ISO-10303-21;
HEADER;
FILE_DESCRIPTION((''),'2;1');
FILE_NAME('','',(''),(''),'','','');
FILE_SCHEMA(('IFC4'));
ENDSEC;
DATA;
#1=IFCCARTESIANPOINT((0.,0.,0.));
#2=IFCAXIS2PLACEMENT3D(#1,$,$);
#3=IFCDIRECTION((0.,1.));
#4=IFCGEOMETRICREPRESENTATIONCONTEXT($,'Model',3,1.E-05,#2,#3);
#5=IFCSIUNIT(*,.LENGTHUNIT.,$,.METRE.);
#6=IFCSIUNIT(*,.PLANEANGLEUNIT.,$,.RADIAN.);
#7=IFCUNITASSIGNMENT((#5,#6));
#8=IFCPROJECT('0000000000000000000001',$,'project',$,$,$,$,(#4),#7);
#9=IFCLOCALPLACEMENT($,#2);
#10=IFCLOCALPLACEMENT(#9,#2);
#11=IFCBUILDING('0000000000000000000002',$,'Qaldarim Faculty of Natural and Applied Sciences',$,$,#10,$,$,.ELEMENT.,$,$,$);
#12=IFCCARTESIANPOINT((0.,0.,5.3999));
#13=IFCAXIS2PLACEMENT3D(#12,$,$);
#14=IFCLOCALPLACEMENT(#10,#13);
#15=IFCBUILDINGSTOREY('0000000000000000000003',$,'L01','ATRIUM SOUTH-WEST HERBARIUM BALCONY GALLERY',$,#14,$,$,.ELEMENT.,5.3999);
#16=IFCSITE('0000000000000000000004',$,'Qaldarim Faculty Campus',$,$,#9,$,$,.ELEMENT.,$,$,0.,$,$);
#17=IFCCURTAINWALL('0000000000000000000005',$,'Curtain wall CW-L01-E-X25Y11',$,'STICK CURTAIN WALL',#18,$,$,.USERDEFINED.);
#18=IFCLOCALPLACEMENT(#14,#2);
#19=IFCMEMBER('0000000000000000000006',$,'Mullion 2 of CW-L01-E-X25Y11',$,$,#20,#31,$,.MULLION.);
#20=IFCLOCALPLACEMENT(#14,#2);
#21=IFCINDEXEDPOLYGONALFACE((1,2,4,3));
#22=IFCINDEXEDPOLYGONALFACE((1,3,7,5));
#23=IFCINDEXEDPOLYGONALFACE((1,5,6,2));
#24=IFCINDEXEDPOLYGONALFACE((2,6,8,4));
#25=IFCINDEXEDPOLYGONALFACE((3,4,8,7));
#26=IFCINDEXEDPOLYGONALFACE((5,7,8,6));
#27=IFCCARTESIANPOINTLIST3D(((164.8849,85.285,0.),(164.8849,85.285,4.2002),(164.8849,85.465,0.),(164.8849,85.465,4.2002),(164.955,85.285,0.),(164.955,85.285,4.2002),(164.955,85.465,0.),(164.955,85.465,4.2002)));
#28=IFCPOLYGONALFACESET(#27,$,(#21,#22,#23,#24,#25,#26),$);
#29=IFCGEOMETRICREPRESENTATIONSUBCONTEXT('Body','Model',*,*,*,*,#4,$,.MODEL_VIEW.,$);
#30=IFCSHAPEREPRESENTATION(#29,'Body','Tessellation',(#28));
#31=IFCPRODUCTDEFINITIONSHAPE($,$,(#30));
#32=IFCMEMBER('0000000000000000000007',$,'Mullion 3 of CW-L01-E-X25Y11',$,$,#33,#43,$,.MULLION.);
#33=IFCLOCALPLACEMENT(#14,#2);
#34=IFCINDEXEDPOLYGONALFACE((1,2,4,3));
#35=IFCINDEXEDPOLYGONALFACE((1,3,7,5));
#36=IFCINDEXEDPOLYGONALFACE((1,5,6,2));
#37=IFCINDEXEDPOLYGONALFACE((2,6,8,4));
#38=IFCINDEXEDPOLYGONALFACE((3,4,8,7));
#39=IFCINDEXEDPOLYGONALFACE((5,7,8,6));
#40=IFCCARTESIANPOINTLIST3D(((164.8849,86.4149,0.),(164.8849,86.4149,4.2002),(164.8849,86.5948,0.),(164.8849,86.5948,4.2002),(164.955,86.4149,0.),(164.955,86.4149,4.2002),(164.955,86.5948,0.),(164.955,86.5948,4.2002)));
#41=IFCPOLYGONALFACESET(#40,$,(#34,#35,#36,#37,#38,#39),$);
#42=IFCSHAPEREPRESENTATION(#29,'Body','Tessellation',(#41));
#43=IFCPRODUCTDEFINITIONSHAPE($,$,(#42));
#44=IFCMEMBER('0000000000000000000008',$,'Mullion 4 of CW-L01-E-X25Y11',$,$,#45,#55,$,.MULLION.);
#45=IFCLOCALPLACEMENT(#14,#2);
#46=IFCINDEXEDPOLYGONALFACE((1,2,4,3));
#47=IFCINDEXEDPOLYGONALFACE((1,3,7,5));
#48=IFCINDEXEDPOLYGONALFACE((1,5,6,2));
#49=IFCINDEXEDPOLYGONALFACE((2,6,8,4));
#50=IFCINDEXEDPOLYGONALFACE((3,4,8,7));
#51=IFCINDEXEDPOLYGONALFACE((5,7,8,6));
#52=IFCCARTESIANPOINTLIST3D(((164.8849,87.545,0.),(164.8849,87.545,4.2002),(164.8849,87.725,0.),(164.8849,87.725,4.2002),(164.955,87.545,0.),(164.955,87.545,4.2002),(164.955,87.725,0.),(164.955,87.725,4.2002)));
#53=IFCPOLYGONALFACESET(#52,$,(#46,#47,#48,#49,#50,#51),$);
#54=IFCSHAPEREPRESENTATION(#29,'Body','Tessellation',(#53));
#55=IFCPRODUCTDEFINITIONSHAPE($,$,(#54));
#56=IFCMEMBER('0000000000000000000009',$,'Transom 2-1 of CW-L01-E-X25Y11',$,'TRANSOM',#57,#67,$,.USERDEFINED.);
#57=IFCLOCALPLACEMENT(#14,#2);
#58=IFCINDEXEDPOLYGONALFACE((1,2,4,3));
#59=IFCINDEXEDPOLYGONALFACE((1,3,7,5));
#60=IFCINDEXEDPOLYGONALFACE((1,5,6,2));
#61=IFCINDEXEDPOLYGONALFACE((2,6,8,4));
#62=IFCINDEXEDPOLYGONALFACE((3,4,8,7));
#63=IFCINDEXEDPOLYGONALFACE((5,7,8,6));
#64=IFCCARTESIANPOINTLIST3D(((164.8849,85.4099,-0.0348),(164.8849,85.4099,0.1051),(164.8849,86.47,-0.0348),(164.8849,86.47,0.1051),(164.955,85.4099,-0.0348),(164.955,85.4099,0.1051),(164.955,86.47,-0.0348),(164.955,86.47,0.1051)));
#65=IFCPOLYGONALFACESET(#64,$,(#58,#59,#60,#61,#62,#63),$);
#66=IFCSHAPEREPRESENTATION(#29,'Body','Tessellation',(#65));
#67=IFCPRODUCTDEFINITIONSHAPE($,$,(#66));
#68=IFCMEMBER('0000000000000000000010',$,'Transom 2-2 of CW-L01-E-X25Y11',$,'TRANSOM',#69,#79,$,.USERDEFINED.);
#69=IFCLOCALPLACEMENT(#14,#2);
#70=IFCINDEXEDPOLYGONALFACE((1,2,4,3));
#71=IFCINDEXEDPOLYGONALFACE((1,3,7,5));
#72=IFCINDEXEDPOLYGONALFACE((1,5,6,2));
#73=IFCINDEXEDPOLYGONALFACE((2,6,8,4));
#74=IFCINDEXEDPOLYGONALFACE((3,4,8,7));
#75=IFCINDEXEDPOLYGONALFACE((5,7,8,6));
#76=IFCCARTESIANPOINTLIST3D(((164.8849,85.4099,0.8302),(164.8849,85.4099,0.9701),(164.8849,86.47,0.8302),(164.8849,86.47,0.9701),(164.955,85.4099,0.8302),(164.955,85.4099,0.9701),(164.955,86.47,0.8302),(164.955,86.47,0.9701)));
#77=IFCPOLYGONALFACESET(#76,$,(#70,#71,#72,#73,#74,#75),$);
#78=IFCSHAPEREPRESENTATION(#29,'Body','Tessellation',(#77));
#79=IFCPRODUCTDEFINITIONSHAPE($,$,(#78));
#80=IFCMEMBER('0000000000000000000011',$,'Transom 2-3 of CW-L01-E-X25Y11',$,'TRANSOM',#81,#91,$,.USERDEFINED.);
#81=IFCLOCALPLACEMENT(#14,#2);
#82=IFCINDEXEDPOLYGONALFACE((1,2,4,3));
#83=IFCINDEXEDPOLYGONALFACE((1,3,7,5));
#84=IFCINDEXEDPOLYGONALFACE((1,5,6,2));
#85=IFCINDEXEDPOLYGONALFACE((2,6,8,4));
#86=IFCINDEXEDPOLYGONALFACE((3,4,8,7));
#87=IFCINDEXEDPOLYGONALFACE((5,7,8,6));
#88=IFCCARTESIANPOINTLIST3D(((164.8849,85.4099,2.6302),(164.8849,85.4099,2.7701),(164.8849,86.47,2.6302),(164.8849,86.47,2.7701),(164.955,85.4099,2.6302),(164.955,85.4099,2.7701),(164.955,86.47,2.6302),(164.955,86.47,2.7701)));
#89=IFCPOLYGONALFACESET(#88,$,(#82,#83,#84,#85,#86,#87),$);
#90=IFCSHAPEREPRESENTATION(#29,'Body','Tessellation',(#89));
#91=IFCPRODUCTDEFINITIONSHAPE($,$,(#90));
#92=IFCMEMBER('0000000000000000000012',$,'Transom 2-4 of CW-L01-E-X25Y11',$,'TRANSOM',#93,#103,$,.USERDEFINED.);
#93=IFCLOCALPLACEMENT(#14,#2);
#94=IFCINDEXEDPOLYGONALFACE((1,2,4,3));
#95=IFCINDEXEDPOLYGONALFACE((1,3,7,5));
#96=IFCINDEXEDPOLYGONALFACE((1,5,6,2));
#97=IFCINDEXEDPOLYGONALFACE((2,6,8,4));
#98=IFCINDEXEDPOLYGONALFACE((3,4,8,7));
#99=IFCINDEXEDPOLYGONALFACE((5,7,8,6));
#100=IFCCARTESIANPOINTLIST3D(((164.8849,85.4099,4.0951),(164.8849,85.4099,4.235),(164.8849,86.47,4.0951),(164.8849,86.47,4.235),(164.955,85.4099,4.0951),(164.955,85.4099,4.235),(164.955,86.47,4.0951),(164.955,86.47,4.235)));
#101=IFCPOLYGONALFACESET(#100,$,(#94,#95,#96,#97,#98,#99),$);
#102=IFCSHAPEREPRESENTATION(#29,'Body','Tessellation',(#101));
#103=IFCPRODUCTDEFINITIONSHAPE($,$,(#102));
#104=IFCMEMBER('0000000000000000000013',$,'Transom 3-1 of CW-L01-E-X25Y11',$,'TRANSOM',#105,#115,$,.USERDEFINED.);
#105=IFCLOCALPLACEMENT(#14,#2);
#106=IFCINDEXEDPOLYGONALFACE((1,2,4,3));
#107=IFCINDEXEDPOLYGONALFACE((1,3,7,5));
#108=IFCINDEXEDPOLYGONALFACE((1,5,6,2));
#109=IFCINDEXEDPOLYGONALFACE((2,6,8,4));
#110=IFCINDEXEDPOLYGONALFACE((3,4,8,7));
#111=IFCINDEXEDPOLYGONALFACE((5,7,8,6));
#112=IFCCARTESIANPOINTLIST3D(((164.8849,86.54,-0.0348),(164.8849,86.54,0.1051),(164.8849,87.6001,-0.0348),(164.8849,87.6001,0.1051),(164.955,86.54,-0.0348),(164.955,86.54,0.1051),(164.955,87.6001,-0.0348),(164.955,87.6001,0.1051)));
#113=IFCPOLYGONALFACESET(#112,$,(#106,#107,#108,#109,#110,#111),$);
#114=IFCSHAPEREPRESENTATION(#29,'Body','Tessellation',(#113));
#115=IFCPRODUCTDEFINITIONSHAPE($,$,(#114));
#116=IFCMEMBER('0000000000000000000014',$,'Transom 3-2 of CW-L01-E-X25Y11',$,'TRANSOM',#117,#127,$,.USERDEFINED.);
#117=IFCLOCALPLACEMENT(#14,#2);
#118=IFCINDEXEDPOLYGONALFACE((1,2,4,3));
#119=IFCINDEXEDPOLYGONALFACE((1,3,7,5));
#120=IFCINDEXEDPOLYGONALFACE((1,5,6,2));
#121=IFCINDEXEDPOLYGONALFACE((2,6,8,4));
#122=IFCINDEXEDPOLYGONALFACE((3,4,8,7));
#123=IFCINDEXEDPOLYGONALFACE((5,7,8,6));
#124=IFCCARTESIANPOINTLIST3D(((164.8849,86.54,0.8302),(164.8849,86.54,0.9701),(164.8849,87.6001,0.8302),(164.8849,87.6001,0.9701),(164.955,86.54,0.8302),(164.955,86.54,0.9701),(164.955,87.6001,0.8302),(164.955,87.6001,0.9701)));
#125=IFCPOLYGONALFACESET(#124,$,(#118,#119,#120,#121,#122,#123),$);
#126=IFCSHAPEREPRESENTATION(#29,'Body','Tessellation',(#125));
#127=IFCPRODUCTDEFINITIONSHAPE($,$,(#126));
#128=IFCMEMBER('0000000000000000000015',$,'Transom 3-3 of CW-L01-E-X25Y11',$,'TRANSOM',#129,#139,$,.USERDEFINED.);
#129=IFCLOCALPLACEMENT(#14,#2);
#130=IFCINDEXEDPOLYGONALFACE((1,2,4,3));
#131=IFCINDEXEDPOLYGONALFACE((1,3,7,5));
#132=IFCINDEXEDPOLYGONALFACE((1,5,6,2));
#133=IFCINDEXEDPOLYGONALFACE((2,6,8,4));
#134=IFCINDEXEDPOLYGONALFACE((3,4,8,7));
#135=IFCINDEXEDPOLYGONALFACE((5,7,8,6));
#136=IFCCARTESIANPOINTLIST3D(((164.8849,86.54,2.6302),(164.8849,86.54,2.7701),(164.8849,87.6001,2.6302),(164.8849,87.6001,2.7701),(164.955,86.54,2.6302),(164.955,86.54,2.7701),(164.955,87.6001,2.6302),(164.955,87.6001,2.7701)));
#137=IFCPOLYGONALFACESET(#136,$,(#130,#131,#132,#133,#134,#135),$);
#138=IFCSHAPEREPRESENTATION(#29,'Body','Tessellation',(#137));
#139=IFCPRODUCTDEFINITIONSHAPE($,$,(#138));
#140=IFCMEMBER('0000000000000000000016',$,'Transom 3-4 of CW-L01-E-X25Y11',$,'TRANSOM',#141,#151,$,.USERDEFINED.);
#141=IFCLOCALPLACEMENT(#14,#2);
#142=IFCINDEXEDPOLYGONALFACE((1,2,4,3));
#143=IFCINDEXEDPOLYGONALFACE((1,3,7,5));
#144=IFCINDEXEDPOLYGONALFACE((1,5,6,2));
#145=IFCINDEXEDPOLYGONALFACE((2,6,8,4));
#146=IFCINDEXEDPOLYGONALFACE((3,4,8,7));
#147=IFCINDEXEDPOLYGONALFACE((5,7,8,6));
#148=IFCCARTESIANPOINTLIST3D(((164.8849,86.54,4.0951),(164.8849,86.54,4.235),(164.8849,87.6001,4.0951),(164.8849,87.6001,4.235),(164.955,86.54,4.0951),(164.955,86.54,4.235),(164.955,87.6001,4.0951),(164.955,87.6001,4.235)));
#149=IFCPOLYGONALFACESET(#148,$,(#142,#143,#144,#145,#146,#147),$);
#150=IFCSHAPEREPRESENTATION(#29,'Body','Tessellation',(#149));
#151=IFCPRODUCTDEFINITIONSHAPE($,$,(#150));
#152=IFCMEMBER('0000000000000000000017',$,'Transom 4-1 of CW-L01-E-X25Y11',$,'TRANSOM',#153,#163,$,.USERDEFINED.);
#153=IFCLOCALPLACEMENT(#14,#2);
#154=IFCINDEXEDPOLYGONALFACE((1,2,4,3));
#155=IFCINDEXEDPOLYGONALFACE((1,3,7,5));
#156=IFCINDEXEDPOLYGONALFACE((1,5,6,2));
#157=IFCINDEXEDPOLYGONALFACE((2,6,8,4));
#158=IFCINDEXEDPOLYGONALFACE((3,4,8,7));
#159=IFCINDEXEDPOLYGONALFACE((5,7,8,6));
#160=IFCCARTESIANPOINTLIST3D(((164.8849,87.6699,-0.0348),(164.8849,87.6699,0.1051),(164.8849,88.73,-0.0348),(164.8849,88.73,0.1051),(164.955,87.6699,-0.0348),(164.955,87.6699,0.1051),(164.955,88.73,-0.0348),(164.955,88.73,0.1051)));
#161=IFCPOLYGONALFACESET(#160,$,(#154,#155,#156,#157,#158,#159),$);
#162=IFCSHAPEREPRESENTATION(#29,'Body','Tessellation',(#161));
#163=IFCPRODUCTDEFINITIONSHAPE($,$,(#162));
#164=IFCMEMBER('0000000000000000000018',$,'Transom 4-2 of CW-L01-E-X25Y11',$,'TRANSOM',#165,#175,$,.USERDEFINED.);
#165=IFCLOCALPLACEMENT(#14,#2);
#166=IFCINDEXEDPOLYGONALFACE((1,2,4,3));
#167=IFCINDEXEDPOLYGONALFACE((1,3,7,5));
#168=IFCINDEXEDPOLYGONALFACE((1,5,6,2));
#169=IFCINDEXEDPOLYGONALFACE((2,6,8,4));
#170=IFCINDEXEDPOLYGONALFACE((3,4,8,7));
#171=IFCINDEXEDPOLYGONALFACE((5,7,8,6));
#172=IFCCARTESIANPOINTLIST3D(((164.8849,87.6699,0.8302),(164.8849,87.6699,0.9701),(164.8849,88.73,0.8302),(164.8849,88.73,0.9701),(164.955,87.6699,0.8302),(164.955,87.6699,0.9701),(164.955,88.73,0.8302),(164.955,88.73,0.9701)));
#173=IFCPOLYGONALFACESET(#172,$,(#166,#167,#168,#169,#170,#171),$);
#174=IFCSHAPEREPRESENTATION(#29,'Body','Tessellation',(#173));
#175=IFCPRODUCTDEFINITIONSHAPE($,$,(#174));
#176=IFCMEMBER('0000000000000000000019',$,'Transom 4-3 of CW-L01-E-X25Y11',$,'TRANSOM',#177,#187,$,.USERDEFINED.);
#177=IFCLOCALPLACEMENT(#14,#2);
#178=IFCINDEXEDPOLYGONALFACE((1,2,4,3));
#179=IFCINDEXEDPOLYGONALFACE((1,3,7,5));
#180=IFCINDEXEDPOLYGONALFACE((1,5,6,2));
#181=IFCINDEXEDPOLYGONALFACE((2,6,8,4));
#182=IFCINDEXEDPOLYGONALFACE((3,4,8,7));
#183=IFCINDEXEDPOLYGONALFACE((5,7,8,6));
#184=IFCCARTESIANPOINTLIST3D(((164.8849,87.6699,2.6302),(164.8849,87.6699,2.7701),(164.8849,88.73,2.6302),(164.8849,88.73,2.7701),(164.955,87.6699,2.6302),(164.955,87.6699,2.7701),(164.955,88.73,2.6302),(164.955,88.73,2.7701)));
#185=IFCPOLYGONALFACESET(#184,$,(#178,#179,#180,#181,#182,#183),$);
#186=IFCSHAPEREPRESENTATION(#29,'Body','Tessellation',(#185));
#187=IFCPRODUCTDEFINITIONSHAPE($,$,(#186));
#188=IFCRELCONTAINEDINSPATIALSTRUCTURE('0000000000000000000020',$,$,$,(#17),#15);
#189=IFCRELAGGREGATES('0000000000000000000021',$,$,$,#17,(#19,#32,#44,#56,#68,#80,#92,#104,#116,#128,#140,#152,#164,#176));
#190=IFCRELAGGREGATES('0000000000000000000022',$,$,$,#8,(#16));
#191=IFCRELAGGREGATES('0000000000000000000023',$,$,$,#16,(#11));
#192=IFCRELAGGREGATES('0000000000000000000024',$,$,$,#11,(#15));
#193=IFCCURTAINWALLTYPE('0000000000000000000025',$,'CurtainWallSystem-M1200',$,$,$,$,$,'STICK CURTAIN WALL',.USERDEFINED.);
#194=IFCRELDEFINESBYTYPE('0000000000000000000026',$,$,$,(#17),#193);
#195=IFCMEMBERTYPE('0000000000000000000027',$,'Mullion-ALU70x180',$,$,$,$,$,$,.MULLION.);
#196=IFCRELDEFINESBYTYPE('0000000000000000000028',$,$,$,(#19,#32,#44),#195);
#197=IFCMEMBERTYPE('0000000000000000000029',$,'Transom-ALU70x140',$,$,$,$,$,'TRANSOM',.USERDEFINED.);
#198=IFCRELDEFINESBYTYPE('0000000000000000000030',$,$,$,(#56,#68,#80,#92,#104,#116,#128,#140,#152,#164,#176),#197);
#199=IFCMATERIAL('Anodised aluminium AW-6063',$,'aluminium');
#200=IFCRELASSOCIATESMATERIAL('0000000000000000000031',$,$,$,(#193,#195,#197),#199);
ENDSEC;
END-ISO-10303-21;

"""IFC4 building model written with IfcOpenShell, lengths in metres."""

from ifc_helpers import new_model, si_unit, direction, frame, origin, origin_2d, place, context, subcontext, project, spatial, rectangle, extrude, material, material_profile, profile_set, type_object, element, aggregate, save


model = new_model("IFC4")

# Units and contexts
model_context = context("Model", 3, precision=1e-05, world=origin(), true_north=direction((0.0, 1.0)))
body_context = subcontext(model_context, "Body", "Model", "MODEL_VIEW")
ifc_project = project(units=[si_unit("LENGTHUNIT", "METRE"), si_unit("PLANEANGLEUNIT", "RADIAN")], contexts=[model_context])

# Site, building, storey
site_placement = place(None, origin())
site = spatial("IfcSite", under=ifc_project, at=site_placement, Name="Qaldarim Faculty Campus", CompositionType="ELEMENT", RefElevation=0.0)
building_placement = place(site_placement, origin())
building = spatial("IfcBuilding", under=site, at=building_placement, Name="Qaldarim Faculty of Natural and Applied Sciences", CompositionType="ELEMENT")
storey_placement = place(building_placement, frame((0.0, 0.0, 5.3999)))
storey = spatial("IfcBuildingStorey", under=building, at=storey_placement, Name="L01", Description="ATRIUM SOUTH-WEST HERBARIUM BALCONY GALLERY", CompositionType="ELEMENT", Elevation=5.3999)

# Curtain wall, members
ifc_material_1 = material(Name="Anodised aluminium AW-6063", Category="aluminium")
curtain_wall_type = type_object("IfcCurtainWallType", Name="CurtainWallSystem-M1200", ElementType="STICK CURTAIN WALL", PredefinedType="USERDEFINED", material=ifc_material_1)
curtain_wall_placement = place(storey_placement, origin())
curtain_wall = element("IfcCurtainWall", 1, at=curtain_wall_placement, inside=storey, type_object=curtain_wall_type, Name="Curtain wall CW-L01-E-X25Y11", ObjectType="STICK CURTAIN WALL", PredefinedType="USERDEFINED")
ifc_material_profile_1 = material_profile(ifc_material_1, rectangle(XDim=0.0701, YDim=0.1799, at=origin_2d()), Name="ALU-M70x180")
ifc_profile_set_1 = profile_set([ifc_material_profile_1], Name="Anodised aluminium AW-6063")
member_type_1 = type_object("IfcMemberType", Name="Mullion-ALU70x180", PredefinedType="MULLION", material=ifc_profile_set_1)
member_1_placement = place(storey_placement, frame((164.9199, 85.375, 0.0), z_axis=(0.0, 0.0, 1.0), x_axis=(-1.0, 0.0, 0.0)))
member_1 = element("IfcMember", 2, at=member_1_placement, type_object=member_type_1, Name="Mullion 2 of CW-L01-E-X25Y11", PredefinedType="MULLION", context=body_context, shape_type="SweptSolid", body=[
    extrude(rectangle(XDim=0.0701, YDim=0.1799, at=origin_2d()), origin(), (0.0, 0.0, 1.0), 4.2002),
])
member_2_placement = place(storey_placement, frame((164.9199, 86.5049, 0.0), z_axis=(0.0, 0.0, 1.0), x_axis=(-1.0, 0.0, 0.0)))
member_2 = element("IfcMember", 3, at=member_2_placement, type_object=member_type_1, Name="Mullion 3 of CW-L01-E-X25Y11", PredefinedType="MULLION", context=body_context, shape_type="SweptSolid", body=[
    extrude(rectangle(XDim=0.0701, YDim=0.1799, at=origin_2d()), origin(), (0.0, 0.0, 1.0), 4.2002),
])
member_3_placement = place(storey_placement, frame((164.9199, 87.635, 0.0), z_axis=(0.0, 0.0, 1.0), x_axis=(-1.0, 0.0, 0.0)))
member_3 = element("IfcMember", 4, at=member_3_placement, type_object=member_type_1, Name="Mullion 4 of CW-L01-E-X25Y11", PredefinedType="MULLION", context=body_context, shape_type="SweptSolid", body=[
    extrude(rectangle(XDim=0.0701, YDim=0.1799, at=origin_2d()), origin(), (0.0, 0.0, 1.0), 4.2002),
])
ifc_material_profile_2 = material_profile(ifc_material_1, rectangle(XDim=0.0701, YDim=0.1399, at=origin_2d()), Name="ALU-T70x140")
ifc_profile_set_2 = profile_set([ifc_material_profile_2], Name="Anodised aluminium AW-6063")
member_type_2 = type_object("IfcMemberType", Name="Transom-ALU70x140", ElementType="TRANSOM", PredefinedType="USERDEFINED", material=ifc_profile_set_2)
member_4_placement = place(storey_placement, frame((164.9199, 85.4099, 0.0352), z_axis=(0.0, 1.0, 0.0), x_axis=(-1.0, 0.0, 0.0)))
member_4 = element("IfcMember", 5, at=member_4_placement, type_object=member_type_2, Name="Transom 2-1 of CW-L01-E-X25Y11", ObjectType="TRANSOM", PredefinedType="USERDEFINED", context=body_context, shape_type="SweptSolid", body=[
    extrude(rectangle(XDim=0.0701, YDim=0.1399, at=origin_2d()), origin(), (0.0, 0.0, 1.0), 1.0601),
])
member_5_placement = place(storey_placement, frame((164.9199, 85.4099, 0.9001), z_axis=(0.0, 1.0, 0.0), x_axis=(-1.0, 0.0, 0.0)))
member_5 = element("IfcMember", 6, at=member_5_placement, type_object=member_type_2, Name="Transom 2-2 of CW-L01-E-X25Y11", ObjectType="TRANSOM", PredefinedType="USERDEFINED", context=body_context, shape_type="SweptSolid", body=[
    extrude(rectangle(XDim=0.0701, YDim=0.1399, at=origin_2d()), origin(), (0.0, 0.0, 1.0), 1.0601),
])
member_6_placement = place(storey_placement, frame((164.9199, 85.4099, 2.7002), z_axis=(0.0, 1.0, 0.0), x_axis=(-1.0, 0.0, 0.0)))
member_6 = element("IfcMember", 7, at=member_6_placement, type_object=member_type_2, Name="Transom 2-3 of CW-L01-E-X25Y11", ObjectType="TRANSOM", PredefinedType="USERDEFINED", context=body_context, shape_type="SweptSolid", body=[
    extrude(rectangle(XDim=0.0701, YDim=0.1399, at=origin_2d()), origin(), (0.0, 0.0, 1.0), 1.0601),
])
member_7_placement = place(storey_placement, frame((164.9199, 85.4099, 4.165), z_axis=(0.0, 1.0, 0.0), x_axis=(-1.0, 0.0, 0.0)))
member_7 = element("IfcMember", 8, at=member_7_placement, type_object=member_type_2, Name="Transom 2-4 of CW-L01-E-X25Y11", ObjectType="TRANSOM", PredefinedType="USERDEFINED", context=body_context, shape_type="SweptSolid", body=[
    extrude(rectangle(XDim=0.0701, YDim=0.1399, at=origin_2d()), origin(), (0.0, 0.0, 1.0), 1.0601),
])
member_8_placement = place(storey_placement, frame((164.9199, 86.54, 0.0352), z_axis=(0.0, 1.0, 0.0), x_axis=(-1.0, 0.0, 0.0)))
member_8 = element("IfcMember", 9, at=member_8_placement, type_object=member_type_2, Name="Transom 3-1 of CW-L01-E-X25Y11", ObjectType="TRANSOM", PredefinedType="USERDEFINED", context=body_context, shape_type="SweptSolid", body=[
    extrude(rectangle(XDim=0.0701, YDim=0.1399, at=origin_2d()), origin(), (0.0, 0.0, 1.0), 1.0601),
])
member_9_placement = place(storey_placement, frame((164.9199, 86.54, 0.9001), z_axis=(0.0, 1.0, 0.0), x_axis=(-1.0, 0.0, 0.0)))
member_9 = element("IfcMember", 10, at=member_9_placement, type_object=member_type_2, Name="Transom 3-2 of CW-L01-E-X25Y11", ObjectType="TRANSOM", PredefinedType="USERDEFINED", context=body_context, shape_type="SweptSolid", body=[
    extrude(rectangle(XDim=0.0701, YDim=0.1399, at=origin_2d()), origin(), (0.0, 0.0, 1.0), 1.0601),
])
member_10_placement = place(storey_placement, frame((164.9199, 86.54, 2.7002), z_axis=(0.0, 1.0, 0.0), x_axis=(-1.0, 0.0, 0.0)))
member_10 = element("IfcMember", 11, at=member_10_placement, type_object=member_type_2, Name="Transom 3-3 of CW-L01-E-X25Y11", ObjectType="TRANSOM", PredefinedType="USERDEFINED", context=body_context, shape_type="SweptSolid", body=[
    extrude(rectangle(XDim=0.0701, YDim=0.1399, at=origin_2d()), origin(), (0.0, 0.0, 1.0), 1.0601),
])
member_11_placement = place(storey_placement, frame((164.9199, 86.54, 4.165), z_axis=(0.0, 1.0, 0.0), x_axis=(-1.0, 0.0, 0.0)))
member_11 = element("IfcMember", 12, at=member_11_placement, type_object=member_type_2, Name="Transom 3-4 of CW-L01-E-X25Y11", ObjectType="TRANSOM", PredefinedType="USERDEFINED", context=body_context, shape_type="SweptSolid", body=[
    extrude(rectangle(XDim=0.0701, YDim=0.1399, at=origin_2d()), origin(), (0.0, 0.0, 1.0), 1.0601),
])
member_12_placement = place(storey_placement, frame((164.9199, 87.6699, 0.0352), z_axis=(0.0, 1.0, 0.0), x_axis=(-1.0, 0.0, 0.0)))
member_12 = element("IfcMember", 13, at=member_12_placement, type_object=member_type_2, Name="Transom 4-1 of CW-L01-E-X25Y11", ObjectType="TRANSOM", PredefinedType="USERDEFINED", context=body_context, shape_type="SweptSolid", body=[
    extrude(rectangle(XDim=0.0701, YDim=0.1399, at=origin_2d()), origin(), (0.0, 0.0, 1.0), 1.0601),
])
member_13_placement = place(storey_placement, frame((164.9199, 87.6699, 0.9001), z_axis=(0.0, 1.0, 0.0), x_axis=(-1.0, 0.0, 0.0)))
member_13 = element("IfcMember", 14, at=member_13_placement, type_object=member_type_2, Name="Transom 4-2 of CW-L01-E-X25Y11", ObjectType="TRANSOM", PredefinedType="USERDEFINED", context=body_context, shape_type="SweptSolid", body=[
    extrude(rectangle(XDim=0.0701, YDim=0.1399, at=origin_2d()), origin(), (0.0, 0.0, 1.0), 1.0601),
])
member_14_placement = place(storey_placement, frame((164.9199, 87.6699, 2.7002), z_axis=(0.0, 1.0, 0.0), x_axis=(-1.0, 0.0, 0.0)))
member_14 = element("IfcMember", 15, at=member_14_placement, type_object=member_type_2, Name="Transom 4-3 of CW-L01-E-X25Y11", ObjectType="TRANSOM", PredefinedType="USERDEFINED", context=body_context, shape_type="SweptSolid", body=[
    extrude(rectangle(XDim=0.0701, YDim=0.1399, at=origin_2d()), origin(), (0.0, 0.0, 1.0), 1.0601),
])
aggregate(curtain_wall, [member_1, member_2, member_3, member_4, member_5, member_6, member_7, member_8, member_9, member_10, member_11, member_12, member_13, member_14])

save(model, "model.ifc")
